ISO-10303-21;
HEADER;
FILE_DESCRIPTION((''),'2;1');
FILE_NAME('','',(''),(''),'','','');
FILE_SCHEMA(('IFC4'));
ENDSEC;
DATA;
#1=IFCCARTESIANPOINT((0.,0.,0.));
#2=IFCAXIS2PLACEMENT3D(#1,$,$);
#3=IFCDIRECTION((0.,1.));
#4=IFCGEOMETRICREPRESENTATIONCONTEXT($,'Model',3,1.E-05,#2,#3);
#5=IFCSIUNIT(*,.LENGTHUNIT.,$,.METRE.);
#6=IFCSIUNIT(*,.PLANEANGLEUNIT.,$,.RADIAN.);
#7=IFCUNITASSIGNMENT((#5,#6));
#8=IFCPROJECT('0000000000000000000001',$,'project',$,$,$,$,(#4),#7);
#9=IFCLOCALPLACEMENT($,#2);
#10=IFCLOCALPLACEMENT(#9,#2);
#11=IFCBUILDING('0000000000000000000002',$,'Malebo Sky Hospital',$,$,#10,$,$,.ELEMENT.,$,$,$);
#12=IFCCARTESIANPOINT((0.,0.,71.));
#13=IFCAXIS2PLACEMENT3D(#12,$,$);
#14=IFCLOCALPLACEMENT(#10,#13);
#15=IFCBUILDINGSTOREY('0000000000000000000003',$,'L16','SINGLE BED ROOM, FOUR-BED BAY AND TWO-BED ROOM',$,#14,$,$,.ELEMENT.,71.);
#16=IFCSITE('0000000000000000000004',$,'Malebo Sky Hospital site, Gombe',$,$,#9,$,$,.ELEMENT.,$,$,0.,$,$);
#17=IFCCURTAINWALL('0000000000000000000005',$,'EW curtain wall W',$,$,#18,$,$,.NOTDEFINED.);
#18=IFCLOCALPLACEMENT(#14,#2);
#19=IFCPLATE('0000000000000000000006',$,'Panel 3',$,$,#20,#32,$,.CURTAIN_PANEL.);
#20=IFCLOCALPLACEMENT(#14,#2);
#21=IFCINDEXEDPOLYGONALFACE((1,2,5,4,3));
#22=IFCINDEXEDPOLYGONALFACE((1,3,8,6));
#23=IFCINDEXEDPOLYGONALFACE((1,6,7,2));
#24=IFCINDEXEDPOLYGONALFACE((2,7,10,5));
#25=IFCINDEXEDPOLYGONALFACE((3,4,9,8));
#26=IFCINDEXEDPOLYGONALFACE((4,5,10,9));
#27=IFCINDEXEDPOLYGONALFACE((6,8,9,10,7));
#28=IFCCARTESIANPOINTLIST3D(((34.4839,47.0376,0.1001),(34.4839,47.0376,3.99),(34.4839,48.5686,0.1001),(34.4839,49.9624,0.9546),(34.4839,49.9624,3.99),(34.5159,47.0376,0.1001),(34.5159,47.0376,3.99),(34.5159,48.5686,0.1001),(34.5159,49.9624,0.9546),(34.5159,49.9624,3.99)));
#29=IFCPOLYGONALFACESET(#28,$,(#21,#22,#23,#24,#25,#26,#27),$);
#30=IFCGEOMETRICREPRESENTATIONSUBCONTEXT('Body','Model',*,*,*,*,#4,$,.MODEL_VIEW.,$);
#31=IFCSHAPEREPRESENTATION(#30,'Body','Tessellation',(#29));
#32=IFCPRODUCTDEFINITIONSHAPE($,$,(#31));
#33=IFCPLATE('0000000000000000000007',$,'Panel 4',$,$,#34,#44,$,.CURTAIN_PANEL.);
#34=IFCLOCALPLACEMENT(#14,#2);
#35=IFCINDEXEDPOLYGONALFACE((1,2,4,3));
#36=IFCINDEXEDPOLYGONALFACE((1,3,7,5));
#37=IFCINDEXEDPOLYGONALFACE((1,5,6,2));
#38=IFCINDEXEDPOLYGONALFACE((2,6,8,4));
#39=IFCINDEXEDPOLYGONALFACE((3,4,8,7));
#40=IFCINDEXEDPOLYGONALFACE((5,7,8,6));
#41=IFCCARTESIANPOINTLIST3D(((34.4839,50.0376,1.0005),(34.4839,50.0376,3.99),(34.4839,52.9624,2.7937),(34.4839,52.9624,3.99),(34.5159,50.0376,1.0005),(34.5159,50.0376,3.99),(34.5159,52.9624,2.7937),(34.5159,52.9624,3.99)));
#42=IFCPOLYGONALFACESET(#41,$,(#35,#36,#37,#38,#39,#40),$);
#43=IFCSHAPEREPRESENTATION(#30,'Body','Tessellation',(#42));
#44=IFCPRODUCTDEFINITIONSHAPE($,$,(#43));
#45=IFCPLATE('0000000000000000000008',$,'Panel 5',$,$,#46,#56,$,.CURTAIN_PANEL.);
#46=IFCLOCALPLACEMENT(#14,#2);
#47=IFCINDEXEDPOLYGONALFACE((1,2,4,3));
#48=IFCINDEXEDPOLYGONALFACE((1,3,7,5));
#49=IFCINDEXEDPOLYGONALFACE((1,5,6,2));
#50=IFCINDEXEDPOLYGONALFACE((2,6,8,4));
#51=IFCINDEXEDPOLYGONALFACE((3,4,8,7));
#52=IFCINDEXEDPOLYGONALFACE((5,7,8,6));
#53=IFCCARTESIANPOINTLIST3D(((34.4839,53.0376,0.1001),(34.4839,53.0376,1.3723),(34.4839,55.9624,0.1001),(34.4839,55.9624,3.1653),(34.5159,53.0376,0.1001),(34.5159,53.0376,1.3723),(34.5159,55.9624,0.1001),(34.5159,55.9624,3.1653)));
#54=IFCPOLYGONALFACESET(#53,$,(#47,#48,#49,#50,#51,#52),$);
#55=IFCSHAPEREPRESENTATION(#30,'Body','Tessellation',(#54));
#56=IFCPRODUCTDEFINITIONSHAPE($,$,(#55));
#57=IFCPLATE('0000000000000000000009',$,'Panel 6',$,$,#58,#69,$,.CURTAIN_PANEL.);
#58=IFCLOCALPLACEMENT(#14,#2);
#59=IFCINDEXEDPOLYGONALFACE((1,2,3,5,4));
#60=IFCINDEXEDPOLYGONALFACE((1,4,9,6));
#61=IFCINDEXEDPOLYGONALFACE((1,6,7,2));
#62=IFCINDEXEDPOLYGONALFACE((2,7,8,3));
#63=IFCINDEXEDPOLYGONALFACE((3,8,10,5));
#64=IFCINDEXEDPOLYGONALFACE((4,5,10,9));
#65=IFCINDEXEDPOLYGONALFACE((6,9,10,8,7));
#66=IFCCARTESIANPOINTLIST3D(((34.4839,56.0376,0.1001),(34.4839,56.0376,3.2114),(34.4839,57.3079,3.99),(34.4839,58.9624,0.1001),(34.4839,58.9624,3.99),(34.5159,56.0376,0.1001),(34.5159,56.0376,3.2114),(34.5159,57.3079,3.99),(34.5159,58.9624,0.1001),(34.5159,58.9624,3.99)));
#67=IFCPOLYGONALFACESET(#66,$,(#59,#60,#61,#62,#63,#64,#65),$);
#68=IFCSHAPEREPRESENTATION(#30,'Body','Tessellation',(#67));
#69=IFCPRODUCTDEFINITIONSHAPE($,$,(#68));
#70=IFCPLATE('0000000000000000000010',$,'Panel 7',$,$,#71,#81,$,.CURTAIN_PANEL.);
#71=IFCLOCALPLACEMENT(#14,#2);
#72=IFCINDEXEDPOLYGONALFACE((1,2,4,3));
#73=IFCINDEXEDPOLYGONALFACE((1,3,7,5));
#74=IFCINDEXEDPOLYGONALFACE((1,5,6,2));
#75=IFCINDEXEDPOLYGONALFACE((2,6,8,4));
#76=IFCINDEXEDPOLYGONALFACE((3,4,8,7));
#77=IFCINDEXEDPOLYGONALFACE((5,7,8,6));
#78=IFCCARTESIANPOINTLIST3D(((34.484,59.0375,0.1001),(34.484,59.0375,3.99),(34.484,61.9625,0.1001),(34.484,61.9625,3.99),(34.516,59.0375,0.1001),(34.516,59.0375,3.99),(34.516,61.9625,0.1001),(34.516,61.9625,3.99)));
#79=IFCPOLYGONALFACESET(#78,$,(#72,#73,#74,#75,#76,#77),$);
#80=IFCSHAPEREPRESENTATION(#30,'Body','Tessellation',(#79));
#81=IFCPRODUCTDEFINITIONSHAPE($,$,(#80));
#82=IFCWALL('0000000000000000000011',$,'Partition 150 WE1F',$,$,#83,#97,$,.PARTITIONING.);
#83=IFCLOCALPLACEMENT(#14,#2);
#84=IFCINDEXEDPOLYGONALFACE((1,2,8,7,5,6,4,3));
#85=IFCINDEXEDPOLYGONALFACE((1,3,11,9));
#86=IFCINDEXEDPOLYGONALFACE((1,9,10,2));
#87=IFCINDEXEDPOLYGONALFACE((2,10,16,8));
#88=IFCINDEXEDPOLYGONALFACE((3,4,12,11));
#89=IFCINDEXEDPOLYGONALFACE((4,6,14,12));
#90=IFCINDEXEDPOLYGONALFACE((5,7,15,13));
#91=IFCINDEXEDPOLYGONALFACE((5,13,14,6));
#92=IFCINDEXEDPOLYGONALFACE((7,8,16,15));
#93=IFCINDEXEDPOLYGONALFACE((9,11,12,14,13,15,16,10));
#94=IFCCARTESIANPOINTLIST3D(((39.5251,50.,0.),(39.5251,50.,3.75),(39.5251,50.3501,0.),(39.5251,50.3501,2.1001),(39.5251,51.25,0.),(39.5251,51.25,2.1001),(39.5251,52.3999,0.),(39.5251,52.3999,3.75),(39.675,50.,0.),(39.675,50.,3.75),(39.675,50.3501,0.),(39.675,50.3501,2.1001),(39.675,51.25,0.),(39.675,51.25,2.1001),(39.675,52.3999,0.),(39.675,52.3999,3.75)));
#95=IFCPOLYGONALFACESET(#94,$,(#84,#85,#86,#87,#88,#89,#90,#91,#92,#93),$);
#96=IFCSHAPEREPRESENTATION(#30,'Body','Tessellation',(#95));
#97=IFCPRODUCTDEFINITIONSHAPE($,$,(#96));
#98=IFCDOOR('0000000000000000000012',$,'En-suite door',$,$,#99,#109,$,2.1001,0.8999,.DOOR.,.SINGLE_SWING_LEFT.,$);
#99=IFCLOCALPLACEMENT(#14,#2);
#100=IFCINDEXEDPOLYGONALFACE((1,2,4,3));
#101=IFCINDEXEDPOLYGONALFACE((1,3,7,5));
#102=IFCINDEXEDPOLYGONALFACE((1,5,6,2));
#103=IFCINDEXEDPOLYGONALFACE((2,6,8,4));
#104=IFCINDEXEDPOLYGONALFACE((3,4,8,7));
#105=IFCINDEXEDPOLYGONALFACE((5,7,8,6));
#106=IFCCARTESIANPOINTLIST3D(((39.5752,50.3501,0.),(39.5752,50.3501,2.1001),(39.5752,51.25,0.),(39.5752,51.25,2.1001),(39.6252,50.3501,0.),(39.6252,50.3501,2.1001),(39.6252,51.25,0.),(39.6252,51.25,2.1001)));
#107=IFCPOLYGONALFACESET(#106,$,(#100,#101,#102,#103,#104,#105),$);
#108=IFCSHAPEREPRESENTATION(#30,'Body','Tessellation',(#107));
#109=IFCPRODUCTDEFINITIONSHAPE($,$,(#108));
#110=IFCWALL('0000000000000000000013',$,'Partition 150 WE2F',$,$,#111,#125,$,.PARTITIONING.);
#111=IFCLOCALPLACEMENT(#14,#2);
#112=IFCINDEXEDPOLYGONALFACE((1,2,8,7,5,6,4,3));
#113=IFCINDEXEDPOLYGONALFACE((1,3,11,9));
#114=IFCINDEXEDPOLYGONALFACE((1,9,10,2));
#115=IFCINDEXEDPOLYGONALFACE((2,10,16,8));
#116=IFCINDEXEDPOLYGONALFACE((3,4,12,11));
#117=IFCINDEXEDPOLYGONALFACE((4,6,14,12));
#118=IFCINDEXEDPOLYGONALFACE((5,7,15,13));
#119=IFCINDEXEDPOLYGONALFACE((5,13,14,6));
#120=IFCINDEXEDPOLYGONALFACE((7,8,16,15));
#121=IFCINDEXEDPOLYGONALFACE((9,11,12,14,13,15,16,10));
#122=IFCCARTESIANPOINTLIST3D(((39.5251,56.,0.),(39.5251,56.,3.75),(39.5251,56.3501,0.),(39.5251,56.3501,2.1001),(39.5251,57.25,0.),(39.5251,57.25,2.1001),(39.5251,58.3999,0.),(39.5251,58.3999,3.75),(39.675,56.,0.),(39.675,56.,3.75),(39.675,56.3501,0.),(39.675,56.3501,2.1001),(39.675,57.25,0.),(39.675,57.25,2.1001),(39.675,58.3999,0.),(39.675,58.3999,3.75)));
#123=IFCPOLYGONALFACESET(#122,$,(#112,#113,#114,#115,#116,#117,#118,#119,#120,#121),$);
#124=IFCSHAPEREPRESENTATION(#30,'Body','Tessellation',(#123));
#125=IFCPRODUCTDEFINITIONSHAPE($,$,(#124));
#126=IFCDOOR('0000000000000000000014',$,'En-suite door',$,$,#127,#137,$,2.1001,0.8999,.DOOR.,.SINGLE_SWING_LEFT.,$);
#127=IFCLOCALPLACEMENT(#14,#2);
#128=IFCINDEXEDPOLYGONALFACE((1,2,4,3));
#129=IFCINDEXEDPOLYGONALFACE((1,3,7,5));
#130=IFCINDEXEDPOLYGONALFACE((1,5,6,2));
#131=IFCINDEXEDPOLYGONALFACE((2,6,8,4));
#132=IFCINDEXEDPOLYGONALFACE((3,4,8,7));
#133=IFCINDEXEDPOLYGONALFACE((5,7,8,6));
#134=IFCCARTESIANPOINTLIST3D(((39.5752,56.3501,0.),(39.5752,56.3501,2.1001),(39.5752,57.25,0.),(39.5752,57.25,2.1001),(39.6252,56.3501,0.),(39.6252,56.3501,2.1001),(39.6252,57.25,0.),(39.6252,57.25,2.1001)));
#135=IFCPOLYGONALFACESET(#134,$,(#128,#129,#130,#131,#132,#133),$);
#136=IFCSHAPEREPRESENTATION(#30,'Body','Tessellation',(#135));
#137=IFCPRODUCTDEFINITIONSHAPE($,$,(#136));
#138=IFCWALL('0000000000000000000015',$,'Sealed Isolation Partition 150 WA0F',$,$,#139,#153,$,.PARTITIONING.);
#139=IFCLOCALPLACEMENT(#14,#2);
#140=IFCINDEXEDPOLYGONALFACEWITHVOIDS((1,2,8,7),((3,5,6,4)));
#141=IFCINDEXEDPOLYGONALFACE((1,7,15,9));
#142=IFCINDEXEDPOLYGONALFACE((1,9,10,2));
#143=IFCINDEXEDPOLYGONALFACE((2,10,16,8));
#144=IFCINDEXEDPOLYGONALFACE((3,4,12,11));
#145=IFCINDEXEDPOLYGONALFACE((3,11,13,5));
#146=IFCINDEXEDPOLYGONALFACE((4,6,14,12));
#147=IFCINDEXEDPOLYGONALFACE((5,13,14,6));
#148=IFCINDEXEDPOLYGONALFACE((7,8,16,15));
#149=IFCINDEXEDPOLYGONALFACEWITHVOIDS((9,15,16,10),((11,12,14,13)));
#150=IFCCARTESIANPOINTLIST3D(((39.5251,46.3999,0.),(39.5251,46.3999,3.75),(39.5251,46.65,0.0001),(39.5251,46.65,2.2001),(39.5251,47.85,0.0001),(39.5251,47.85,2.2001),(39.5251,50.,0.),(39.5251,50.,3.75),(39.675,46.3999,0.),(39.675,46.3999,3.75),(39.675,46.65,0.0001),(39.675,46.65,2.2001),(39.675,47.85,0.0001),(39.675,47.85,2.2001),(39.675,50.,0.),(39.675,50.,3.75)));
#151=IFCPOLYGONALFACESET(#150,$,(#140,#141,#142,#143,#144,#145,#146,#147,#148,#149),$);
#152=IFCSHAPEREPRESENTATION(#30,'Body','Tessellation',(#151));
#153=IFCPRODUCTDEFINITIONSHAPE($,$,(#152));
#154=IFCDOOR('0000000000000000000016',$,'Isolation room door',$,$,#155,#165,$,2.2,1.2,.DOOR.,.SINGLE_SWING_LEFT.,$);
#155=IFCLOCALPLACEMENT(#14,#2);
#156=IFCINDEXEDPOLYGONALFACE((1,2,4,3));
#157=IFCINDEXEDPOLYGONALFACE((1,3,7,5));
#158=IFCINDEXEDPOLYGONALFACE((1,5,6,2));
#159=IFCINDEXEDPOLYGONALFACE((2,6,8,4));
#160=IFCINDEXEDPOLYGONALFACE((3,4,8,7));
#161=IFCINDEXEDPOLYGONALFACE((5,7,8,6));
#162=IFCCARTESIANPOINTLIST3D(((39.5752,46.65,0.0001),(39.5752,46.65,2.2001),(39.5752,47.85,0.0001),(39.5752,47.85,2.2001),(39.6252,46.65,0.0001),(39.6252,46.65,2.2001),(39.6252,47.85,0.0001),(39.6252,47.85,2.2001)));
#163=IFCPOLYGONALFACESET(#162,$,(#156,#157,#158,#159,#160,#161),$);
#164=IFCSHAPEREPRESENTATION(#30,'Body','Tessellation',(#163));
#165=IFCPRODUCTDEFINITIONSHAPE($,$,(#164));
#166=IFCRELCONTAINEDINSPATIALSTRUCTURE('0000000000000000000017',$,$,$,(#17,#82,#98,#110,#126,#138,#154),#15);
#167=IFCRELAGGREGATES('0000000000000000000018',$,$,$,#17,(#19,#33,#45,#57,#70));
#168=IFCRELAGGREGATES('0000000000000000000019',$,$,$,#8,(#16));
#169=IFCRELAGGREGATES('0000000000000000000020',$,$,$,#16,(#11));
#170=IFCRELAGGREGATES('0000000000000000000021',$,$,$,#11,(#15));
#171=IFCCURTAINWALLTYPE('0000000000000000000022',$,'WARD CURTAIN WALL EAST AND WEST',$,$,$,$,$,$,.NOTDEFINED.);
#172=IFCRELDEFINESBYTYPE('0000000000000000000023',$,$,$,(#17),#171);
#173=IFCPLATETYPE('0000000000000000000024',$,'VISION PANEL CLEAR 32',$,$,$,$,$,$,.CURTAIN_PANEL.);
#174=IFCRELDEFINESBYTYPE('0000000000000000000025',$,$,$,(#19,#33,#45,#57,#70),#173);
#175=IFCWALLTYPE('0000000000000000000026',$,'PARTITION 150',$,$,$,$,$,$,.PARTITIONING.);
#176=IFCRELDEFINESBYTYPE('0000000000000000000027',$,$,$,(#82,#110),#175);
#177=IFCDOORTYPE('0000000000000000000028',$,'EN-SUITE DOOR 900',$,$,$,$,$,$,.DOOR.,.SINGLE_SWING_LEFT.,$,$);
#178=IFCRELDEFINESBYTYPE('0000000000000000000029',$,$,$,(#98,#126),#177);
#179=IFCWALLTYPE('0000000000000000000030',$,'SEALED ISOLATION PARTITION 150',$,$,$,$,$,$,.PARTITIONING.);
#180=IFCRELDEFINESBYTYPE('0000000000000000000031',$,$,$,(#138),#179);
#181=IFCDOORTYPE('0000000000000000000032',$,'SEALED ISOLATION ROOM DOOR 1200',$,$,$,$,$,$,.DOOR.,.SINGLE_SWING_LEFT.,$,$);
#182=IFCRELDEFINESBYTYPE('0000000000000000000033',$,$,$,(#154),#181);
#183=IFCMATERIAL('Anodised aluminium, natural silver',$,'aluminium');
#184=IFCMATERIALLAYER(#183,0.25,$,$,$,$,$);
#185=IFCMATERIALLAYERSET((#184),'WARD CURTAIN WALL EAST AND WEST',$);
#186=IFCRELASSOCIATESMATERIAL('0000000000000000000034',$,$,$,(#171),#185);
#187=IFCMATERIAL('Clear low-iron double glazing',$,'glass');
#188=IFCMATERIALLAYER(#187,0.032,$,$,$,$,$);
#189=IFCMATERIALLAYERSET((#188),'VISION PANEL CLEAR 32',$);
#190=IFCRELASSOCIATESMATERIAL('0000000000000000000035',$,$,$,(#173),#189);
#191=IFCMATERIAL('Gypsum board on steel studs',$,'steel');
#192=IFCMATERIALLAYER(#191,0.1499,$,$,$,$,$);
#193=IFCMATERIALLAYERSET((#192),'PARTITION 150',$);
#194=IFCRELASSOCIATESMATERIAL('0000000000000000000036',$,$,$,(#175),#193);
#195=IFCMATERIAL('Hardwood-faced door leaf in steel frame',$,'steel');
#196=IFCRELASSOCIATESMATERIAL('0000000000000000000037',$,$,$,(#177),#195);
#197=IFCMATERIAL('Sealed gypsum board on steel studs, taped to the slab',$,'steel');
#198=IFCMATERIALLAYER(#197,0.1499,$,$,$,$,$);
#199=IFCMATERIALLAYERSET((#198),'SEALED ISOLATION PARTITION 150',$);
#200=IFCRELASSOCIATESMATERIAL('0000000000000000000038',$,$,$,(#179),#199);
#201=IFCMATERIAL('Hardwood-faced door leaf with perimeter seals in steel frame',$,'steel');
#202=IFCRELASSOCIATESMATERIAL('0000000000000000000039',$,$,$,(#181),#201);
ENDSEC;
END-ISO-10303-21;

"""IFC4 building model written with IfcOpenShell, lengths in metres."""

from ifc_helpers import new_model, si_unit, direction, frame, frame_2d, origin, origin_2d, place, context, subcontext, project, spatial, polyline, rectangle, outline, extrude, material, layer, layer_set, type_object, element, fill, aggregate, save


model = new_model("IFC4")

# Units and contexts
model_context = context("Model", 3, precision=1e-05, world=origin(), true_north=direction((0.0, 1.0)))
body_context = subcontext(model_context, "Body", "Model", "MODEL_VIEW")
ifc_project = project(units=[si_unit("LENGTHUNIT", "METRE"), si_unit("PLANEANGLEUNIT", "RADIAN")], contexts=[model_context])

# Site, building, storey
site_placement = place(None, origin())
site = spatial("IfcSite", under=ifc_project, at=site_placement, Name="Malebo Sky Hospital site, Gombe", CompositionType="ELEMENT", RefElevation=0.0)
building_placement = place(site_placement, origin())
building = spatial("IfcBuilding", under=site, at=building_placement, Name="Malebo Sky Hospital", CompositionType="ELEMENT")
storey_placement = place(building_placement, frame((0.0, 0.0, 71.0)))
storey = spatial("IfcBuildingStorey", under=building, at=storey_placement, Name="L16", Description="SINGLE BED ROOM, FOUR-BED BAY AND TWO-BED ROOM", CompositionType="ELEMENT", Elevation=71.0)

# Curtain wall
ifc_material_1 = material(Name="Anodised aluminium, natural silver", Category="aluminium")
ifc_layer_1 = layer(ifc_material_1, 0.25)
ifc_layer_set_1 = layer_set([ifc_layer_1], Name="WARD CURTAIN WALL EAST AND WEST")
curtain_wall_type = type_object("IfcCurtainWallType", Name="WARD CURTAIN WALL EAST AND WEST", PredefinedType="NOTDEFINED", material=ifc_layer_set_1)
curtain_wall_placement = place(storey_placement, origin())
curtain_wall = element("IfcCurtainWall", 1, at=curtain_wall_placement, inside=storey, type_object=curtain_wall_type, Name="EW curtain wall W", PredefinedType="NOTDEFINED")

# Plates
ifc_material_2 = material(Name="Clear low-iron double glazing", Category="glass")
ifc_layer_2 = layer(ifc_material_2, 0.032)
ifc_layer_set_2 = layer_set([ifc_layer_2], Name="VISION PANEL CLEAR 32")
plate_type = type_object("IfcPlateType", Name="VISION PANEL CLEAR 32", PredefinedType="CURTAIN_PANEL", material=ifc_layer_set_2)
plate_1_placement = place(storey_placement, frame((34.5, 48.5, 0.1001), z_axis=(0.0, 0.0, 1.0), x_axis=(0.0, 1.0, 0.0)))
plate_1 = element("IfcPlate", 2, at=plate_1_placement, type_object=plate_type, Name="Panel 3", PredefinedType="CURTAIN_PANEL", context=body_context, shape_type="SweptSolid", body=[
    extrude(outline(polyline([(-1.4624, 0.0), (0.0686, 0.0), (1.4624, 0.8545), (1.4624, 3.8899), (-1.4624, 3.8899), (-1.4624, 0.0)])), frame((0.0, 0.0161, 0.0), z_axis=(0.0, -1.0, 0.0), x_axis=(1.0, 0.0, 0.0)), (0.0, 0.0, 1.0), 0.032),
])
plate_2_placement = place(storey_placement, frame((34.5, 51.5, 1.0005), z_axis=(0.0, 0.0, 1.0), x_axis=(0.0, 1.0, 0.0)))
plate_2 = element("IfcPlate", 3, at=plate_2_placement, type_object=plate_type, Name="Panel 4", PredefinedType="CURTAIN_PANEL", context=body_context, shape_type="SweptSolid", body=[
    extrude(outline(polyline([(-1.4624, 0.0), (1.4624, 1.7932), (1.4624, 2.9895), (-1.4624, 2.9895), (-1.4624, 0.0)])), frame((0.0, 0.0161, 0.0), z_axis=(0.0, -1.0, 0.0), x_axis=(1.0, 0.0, 0.0)), (0.0, 0.0, 1.0), 0.032),
])
plate_3_placement = place(storey_placement, frame((34.5, 54.5, 0.1001), z_axis=(0.0, 0.0, 1.0), x_axis=(0.0, 1.0, 0.0)))
plate_3 = element("IfcPlate", 4, at=plate_3_placement, type_object=plate_type, Name="Panel 5", PredefinedType="CURTAIN_PANEL", context=body_context, shape_type="SweptSolid", body=[
    extrude(outline(polyline([(-1.4624, 0.0), (1.4624, 0.0), (1.4624, 3.0652), (-1.4624, 1.2722), (-1.4624, 0.0)])), frame((0.0, 0.0161, 0.0), z_axis=(0.0, -1.0, 0.0), x_axis=(1.0, 0.0, 0.0)), (0.0, 0.0, 1.0), 0.032),
])
plate_4_placement = place(storey_placement, frame((34.5, 57.5, 0.1001), z_axis=(0.0, 0.0, 1.0), x_axis=(0.0, 1.0, 0.0)))
plate_4 = element("IfcPlate", 5, at=plate_4_placement, type_object=plate_type, Name="Panel 6", PredefinedType="CURTAIN_PANEL", context=body_context, shape_type="SweptSolid", body=[
    extrude(outline(polyline([(-1.4624, 0.0), (1.4624, 0.0), (1.4624, 3.8899), (-0.1921, 3.8899), (-1.4624, 3.1113), (-1.4624, 0.0)])), frame((0.0, 0.0161, 0.0), z_axis=(0.0, -1.0, 0.0), x_axis=(1.0, 0.0, 0.0)), (0.0, 0.0, 1.0), 0.032),
])
plate_5_placement = place(storey_placement, frame((34.5, 60.5, 0.1001), z_axis=(0.0, 0.0, 1.0), x_axis=(0.0, 1.0, 0.0)))
plate_5 = element("IfcPlate", 6, at=plate_5_placement, type_object=plate_type, Name="Panel 7", PredefinedType="CURTAIN_PANEL", context=body_context, shape_type="SweptSolid", body=[
    extrude(rectangle(XDim=2.925, YDim=0.032, at=origin_2d()), origin(), (0.0, 0.0, 1.0), 3.8899),
])
aggregate(curtain_wall, [plate_1, plate_2, plate_3, plate_4, plate_5])

# Walls, openings, doors
ifc_material_3 = material(Name="Gypsum board on steel studs", Category="steel")
ifc_layer_3 = layer(ifc_material_3, 0.1499)
ifc_layer_set_3 = layer_set([ifc_layer_3], Name="PARTITION 150")
wall_type_1 = type_object("IfcWallType", Name="PARTITION 150", PredefinedType="PARTITIONING", material=ifc_layer_set_3)
wall_1_placement = place(storey_placement, frame((39.6001, 50.0, 0.0), z_axis=(0.0, 0.0, 1.0), x_axis=(0.0, 1.0, 0.0)))
wall_1 = element("IfcWall", 7, at=wall_1_placement, inside=storey, type_object=wall_type_1, Name="Partition 150 WE1F", PredefinedType="PARTITIONING", context=body_context, shape_type="SweptSolid", body=[
    extrude(rectangle(XDim=2.3999, YDim=0.1499, at=frame_2d((1.2, 0.0))), origin(), (0.0, 0.0, 1.0), 3.75),
])
opening_1_placement = place(wall_1_placement, frame((0.3501, 0.0, 0.0)))
opening_1 = element("IfcOpeningElement", 8, at=opening_1_placement, cuts=wall_1, PredefinedType="OPENING", context=body_context, shape_type="SweptSolid", body=[
    extrude(rectangle(XDim=0.8999, YDim=2.1001, at=frame_2d((0.45, 1.05))), frame((0.0, 0.085, 0.0), z_axis=(0.0, -1.0, 0.0), x_axis=(1.0, 0.0, 0.0)), (0.0, 0.0, 1.0), 0.1699),
])
ifc_material_4 = material(Name="Hardwood-faced door leaf in steel frame", Category="steel")
door_type_1 = type_object("IfcDoorType", Name="EN-SUITE DOOR 900", OperationType="SINGLE_SWING_LEFT", PredefinedType="DOOR", material=ifc_material_4)
door_1_placement = place(opening_1_placement, origin())
door_1 = element("IfcDoor", 9, at=door_1_placement, inside=storey, type_object=door_type_1, Name="En-suite door", OperationType="SINGLE_SWING_LEFT", OverallHeight=2.1001, OverallWidth=0.8999, PredefinedType="DOOR", context=body_context, shape_type="SweptSolid", body=[
    extrude(rectangle(XDim=0.8999, YDim=2.1001, at=frame_2d((0.45, 1.05))), frame((0.0, 0.0249, 0.0), z_axis=(0.0, -1.0, 0.0), x_axis=(1.0, 0.0, 0.0)), (0.0, 0.0, 1.0), 0.05),
])
fill(opening_1, door_1)
wall_2_placement = place(storey_placement, frame((39.6001, 56.0, 0.0), z_axis=(0.0, 0.0, 1.0), x_axis=(0.0, 1.0, 0.0)))
wall_2 = element("IfcWall", 10, at=wall_2_placement, inside=storey, type_object=wall_type_1, Name="Partition 150 WE2F", PredefinedType="PARTITIONING", context=body_context, shape_type="SweptSolid", body=[
    extrude(rectangle(XDim=2.3999, YDim=0.1499, at=frame_2d((1.2, 0.0))), origin(), (0.0, 0.0, 1.0), 3.75),
])
opening_2_placement = place(wall_2_placement, frame((0.3501, 0.0, 0.0)))
opening_2 = element("IfcOpeningElement", 11, at=opening_2_placement, cuts=wall_2, PredefinedType="OPENING", context=body_context, shape_type="SweptSolid", body=[
    extrude(rectangle(XDim=0.8999, YDim=2.1001, at=frame_2d((0.45, 1.05))), frame((0.0, 0.085, 0.0), z_axis=(0.0, -1.0, 0.0), x_axis=(1.0, 0.0, 0.0)), (0.0, 0.0, 1.0), 0.1699),
])
door_2_placement = place(opening_2_placement, origin())
door_2 = element("IfcDoor", 12, at=door_2_placement, inside=storey, type_object=door_type_1, Name="En-suite door", OperationType="SINGLE_SWING_LEFT", OverallHeight=2.1001, OverallWidth=0.8999, PredefinedType="DOOR", context=body_context, shape_type="SweptSolid", body=[
    extrude(rectangle(XDim=0.8999, YDim=2.1001, at=frame_2d((0.45, 1.05))), frame((0.0, 0.0249, 0.0), z_axis=(0.0, -1.0, 0.0), x_axis=(1.0, 0.0, 0.0)), (0.0, 0.0, 1.0), 0.05),
])
fill(opening_2, door_2)
ifc_material_5 = material(Name="Sealed gypsum board on steel studs, taped to the slab", Category="steel")
ifc_layer_4 = layer(ifc_material_5, 0.1499)
ifc_layer_set_4 = layer_set([ifc_layer_4], Name="SEALED ISOLATION PARTITION 150")
wall_type_2 = type_object("IfcWallType", Name="SEALED ISOLATION PARTITION 150", PredefinedType="PARTITIONING", material=ifc_layer_set_4)
wall_3_placement = place(storey_placement, frame((39.6001, 46.3999, 0.0), z_axis=(0.0, 0.0, 1.0), x_axis=(0.0, 1.0, 0.0)))
wall_3 = element("IfcWall", 13, at=wall_3_placement, inside=storey, type_object=wall_type_2, Name="Sealed Isolation Partition 150 WA0F", PredefinedType="PARTITIONING", context=body_context, shape_type="SweptSolid", body=[
    extrude(rectangle(XDim=3.6001, YDim=0.1499, at=frame_2d((1.8, 0.0))), origin(), (0.0, 0.0, 1.0), 3.75),
])
opening_3_placement = place(wall_3_placement, frame((0.25, 0.0, 0.0)))
opening_3 = element("IfcOpeningElement", 14, at=opening_3_placement, cuts=wall_3, PredefinedType="OPENING", context=body_context, shape_type="SweptSolid", body=[
    extrude(rectangle(XDim=1.2, YDim=2.2, at=frame_2d((0.6001, 1.1001))), frame((0.0, 0.085, 0.0), z_axis=(0.0, -1.0, 0.0), x_axis=(1.0, 0.0, 0.0)), (0.0, 0.0, 1.0), 0.1699),
])
ifc_material_6 = material(Name="Hardwood-faced door leaf with perimeter seals in steel frame", Category="steel")
door_type_2 = type_object("IfcDoorType", Name="SEALED ISOLATION ROOM DOOR 1200", OperationType="SINGLE_SWING_LEFT", PredefinedType="DOOR", material=ifc_material_6)
door_3_placement = place(opening_3_placement, origin())
door_3 = element("IfcDoor", 15, at=door_3_placement, inside=storey, type_object=door_type_2, Name="Isolation room door", OperationType="SINGLE_SWING_LEFT", OverallHeight=2.2, OverallWidth=1.2, PredefinedType="DOOR", context=body_context, shape_type="SweptSolid", body=[
    extrude(rectangle(XDim=1.2, YDim=2.2, at=frame_2d((0.6001, 1.1001))), frame((0.0, 0.0249, 0.0), z_axis=(0.0, -1.0, 0.0), x_axis=(1.0, 0.0, 0.0)), (0.0, 0.0, 1.0), 0.05),
])
fill(opening_3, door_3)

save(model, "model.ifc")
